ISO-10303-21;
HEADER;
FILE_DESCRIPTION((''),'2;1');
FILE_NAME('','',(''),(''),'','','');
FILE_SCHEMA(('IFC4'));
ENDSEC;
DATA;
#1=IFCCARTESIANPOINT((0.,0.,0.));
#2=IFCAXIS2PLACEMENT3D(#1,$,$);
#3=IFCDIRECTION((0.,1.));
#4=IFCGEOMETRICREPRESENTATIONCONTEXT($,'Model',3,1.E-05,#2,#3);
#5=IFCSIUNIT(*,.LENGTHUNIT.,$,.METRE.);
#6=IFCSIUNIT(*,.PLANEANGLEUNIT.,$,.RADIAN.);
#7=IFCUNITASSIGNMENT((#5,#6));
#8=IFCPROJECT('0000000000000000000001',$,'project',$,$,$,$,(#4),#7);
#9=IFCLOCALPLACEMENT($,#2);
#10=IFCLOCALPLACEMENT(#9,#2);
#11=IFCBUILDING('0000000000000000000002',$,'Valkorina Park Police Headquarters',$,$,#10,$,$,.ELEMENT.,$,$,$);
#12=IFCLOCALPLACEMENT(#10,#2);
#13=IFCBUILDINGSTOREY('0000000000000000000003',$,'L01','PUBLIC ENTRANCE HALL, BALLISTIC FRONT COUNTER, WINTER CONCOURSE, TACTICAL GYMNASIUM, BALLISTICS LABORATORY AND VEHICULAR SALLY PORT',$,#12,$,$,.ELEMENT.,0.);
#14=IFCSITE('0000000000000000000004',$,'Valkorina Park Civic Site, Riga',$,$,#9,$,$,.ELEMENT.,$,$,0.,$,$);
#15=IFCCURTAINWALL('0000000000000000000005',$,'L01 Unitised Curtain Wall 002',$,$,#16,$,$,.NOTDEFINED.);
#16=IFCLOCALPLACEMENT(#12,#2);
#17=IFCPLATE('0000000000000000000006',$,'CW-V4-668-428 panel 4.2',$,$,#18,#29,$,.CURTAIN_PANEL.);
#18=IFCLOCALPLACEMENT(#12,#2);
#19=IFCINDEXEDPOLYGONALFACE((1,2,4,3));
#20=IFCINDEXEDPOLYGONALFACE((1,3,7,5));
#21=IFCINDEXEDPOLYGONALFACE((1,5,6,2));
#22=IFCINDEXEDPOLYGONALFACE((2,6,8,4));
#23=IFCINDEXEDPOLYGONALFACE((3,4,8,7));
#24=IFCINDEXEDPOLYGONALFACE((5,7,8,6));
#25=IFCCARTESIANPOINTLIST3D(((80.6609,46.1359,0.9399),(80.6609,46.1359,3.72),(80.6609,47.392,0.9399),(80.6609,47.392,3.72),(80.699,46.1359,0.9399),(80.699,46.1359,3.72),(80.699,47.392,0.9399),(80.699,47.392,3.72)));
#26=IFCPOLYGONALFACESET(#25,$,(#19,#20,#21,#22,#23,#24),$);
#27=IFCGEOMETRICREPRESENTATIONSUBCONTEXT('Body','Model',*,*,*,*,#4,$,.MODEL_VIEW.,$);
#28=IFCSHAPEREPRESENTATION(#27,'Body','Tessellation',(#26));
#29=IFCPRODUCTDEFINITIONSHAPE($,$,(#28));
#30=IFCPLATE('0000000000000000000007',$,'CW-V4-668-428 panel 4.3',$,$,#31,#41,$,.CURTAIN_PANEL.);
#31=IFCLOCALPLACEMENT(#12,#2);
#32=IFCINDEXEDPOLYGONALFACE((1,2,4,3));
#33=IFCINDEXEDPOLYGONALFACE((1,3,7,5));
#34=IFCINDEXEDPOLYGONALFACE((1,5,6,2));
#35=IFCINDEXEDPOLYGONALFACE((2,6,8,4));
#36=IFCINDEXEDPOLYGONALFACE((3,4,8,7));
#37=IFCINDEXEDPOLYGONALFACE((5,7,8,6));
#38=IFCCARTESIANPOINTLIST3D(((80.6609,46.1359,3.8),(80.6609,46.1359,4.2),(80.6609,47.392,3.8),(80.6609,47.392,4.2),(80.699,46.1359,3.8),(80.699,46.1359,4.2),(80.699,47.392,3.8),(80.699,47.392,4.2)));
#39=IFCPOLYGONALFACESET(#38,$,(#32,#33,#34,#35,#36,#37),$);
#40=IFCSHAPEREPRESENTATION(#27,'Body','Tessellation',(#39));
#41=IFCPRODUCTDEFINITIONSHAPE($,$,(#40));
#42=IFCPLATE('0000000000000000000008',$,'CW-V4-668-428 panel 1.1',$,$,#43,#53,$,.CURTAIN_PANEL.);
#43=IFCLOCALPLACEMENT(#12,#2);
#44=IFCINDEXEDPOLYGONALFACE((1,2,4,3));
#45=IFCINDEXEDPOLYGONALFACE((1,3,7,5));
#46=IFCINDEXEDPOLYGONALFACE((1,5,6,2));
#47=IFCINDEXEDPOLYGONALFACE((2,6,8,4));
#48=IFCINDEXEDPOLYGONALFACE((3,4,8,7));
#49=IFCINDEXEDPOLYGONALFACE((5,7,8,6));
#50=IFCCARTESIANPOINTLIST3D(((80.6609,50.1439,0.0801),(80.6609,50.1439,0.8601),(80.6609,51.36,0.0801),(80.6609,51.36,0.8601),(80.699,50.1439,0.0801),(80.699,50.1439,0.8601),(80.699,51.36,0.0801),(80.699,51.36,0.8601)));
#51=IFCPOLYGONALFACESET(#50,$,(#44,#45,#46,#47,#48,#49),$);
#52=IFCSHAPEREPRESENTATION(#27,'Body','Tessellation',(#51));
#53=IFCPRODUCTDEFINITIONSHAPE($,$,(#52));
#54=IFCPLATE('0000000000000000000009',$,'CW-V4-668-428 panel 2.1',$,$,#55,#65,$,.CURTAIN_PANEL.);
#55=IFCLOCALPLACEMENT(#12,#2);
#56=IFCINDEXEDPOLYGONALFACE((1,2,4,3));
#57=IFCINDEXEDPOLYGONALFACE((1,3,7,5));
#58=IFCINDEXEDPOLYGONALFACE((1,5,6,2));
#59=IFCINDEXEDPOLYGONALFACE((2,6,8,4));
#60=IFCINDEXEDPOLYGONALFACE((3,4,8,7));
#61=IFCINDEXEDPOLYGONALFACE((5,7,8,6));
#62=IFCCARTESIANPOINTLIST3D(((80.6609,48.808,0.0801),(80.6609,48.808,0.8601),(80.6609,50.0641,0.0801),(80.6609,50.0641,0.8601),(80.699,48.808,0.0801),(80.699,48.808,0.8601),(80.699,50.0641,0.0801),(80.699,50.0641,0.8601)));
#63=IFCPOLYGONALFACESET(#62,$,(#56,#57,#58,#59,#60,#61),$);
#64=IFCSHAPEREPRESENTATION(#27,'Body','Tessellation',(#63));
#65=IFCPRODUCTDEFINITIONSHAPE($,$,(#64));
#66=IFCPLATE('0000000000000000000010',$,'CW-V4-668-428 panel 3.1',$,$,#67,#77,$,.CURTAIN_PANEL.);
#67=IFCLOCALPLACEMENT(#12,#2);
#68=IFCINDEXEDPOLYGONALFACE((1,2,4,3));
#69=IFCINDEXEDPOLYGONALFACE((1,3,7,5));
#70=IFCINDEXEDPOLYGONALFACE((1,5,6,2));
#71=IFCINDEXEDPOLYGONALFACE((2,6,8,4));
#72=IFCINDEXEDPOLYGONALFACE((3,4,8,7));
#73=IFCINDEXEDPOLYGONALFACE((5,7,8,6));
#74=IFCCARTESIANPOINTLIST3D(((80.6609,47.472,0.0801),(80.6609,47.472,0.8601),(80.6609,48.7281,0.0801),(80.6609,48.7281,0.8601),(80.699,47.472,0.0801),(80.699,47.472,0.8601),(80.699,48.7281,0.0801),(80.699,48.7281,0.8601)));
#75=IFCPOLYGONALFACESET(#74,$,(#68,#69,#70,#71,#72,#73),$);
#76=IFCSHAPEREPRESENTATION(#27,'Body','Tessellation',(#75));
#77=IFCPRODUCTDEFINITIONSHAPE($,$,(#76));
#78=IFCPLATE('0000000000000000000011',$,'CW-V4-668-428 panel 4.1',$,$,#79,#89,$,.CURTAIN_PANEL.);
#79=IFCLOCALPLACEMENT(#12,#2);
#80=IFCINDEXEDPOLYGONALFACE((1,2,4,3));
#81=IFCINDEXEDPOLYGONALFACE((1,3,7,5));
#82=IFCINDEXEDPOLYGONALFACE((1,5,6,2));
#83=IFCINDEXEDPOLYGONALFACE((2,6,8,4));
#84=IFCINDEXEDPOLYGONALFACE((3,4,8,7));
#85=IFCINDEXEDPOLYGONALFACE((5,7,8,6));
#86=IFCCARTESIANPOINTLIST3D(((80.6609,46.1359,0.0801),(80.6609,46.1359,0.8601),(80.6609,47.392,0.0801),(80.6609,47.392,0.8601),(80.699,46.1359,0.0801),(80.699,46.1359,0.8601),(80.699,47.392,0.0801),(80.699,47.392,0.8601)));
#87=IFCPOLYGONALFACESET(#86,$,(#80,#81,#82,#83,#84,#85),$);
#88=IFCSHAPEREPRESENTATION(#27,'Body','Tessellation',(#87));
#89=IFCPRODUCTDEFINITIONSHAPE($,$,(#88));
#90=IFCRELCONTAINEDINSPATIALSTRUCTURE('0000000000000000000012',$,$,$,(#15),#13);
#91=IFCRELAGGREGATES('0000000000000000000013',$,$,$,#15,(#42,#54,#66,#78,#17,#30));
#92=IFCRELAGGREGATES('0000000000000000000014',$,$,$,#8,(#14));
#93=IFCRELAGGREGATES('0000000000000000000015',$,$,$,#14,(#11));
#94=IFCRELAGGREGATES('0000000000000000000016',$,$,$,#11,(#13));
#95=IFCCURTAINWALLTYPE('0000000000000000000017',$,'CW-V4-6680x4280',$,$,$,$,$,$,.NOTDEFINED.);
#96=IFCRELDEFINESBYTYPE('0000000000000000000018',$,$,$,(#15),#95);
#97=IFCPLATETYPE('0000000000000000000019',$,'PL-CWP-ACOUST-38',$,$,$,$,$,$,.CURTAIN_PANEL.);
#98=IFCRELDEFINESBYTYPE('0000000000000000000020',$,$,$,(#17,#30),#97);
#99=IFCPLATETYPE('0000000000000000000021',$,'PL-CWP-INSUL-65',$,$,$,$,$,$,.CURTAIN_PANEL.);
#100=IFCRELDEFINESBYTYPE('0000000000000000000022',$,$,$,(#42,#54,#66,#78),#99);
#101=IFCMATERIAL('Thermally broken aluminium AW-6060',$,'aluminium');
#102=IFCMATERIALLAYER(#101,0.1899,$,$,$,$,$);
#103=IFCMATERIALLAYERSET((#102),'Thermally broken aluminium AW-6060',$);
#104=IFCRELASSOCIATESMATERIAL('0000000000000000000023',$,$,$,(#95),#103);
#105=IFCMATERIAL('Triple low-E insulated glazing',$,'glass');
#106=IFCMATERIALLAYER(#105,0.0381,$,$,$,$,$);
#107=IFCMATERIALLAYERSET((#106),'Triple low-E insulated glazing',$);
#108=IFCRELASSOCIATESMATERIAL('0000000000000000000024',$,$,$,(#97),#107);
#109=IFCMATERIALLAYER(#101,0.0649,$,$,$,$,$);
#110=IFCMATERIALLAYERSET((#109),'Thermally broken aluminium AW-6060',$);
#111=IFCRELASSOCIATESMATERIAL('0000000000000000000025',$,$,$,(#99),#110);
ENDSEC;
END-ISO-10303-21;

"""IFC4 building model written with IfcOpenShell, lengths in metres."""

from ifc_helpers import new_model, si_unit, direction, frame, origin, origin_2d, place, context, subcontext, project, spatial, rectangle, extrude, material, layer, layer_set, type_object, element, aggregate, save


model = new_model("IFC4")

# Units and contexts
model_context = context("Model", 3, precision=1e-05, world=origin(), true_north=direction((0.0, 1.0)))
body_context = subcontext(model_context, "Body", "Model", "MODEL_VIEW")
ifc_project = project(units=[si_unit("LENGTHUNIT", "METRE"), si_unit("PLANEANGLEUNIT", "RADIAN")], contexts=[model_context])

# Site, building, storey
site_placement = place(None, origin())
site = spatial("IfcSite", under=ifc_project, at=site_placement, Name="Valkorina Park Civic Site, Riga", CompositionType="ELEMENT", RefElevation=0.0)
building_placement = place(site_placement, origin())
building = spatial("IfcBuilding", under=site, at=building_placement, Name="Valkorina Park Police Headquarters", CompositionType="ELEMENT")
storey_placement = place(building_placement, origin())
storey = spatial("IfcBuildingStorey", under=building, at=storey_placement, Name="L01", Description="PUBLIC ENTRANCE HALL, BALLISTIC FRONT COUNTER, WINTER CONCOURSE, TACTICAL GYMNASIUM, BALLISTICS LABORATORY AND VEHICULAR SALLY PORT", CompositionType="ELEMENT", Elevation=0.0)

# Shared definitions
ifc_material_1 = material(Name="Thermally broken aluminium AW-6060", Category="aluminium")
ifc_layer_1 = layer(ifc_material_1, 0.1899)
ifc_layer_set_1 = layer_set([ifc_layer_1], Name="Thermally broken aluminium AW-6060")
curtain_wall_type = type_object("IfcCurtainWallType", Name="CW-V4-6680x4280", PredefinedType="NOTDEFINED", material=ifc_layer_set_1)

# Curtain wall, plates
curtain_wall_1_placement = place(storey_placement, origin())
curtain_wall_1 = element("IfcCurtainWall", 1, at=curtain_wall_1_placement, inside=storey, type_object=curtain_wall_type, Name="L01 Unitised Curtain Wall 002", PredefinedType="NOTDEFINED")
ifc_material_2 = material(Name="Triple low-E insulated glazing", Category="glass")
ifc_layer_2 = layer(ifc_material_2, 0.0381)
ifc_layer_set_2 = layer_set([ifc_layer_2], Name="Triple low-E insulated glazing")
plate_type_1 = type_object("IfcPlateType", Name="PL-CWP-ACOUST-38", PredefinedType="CURTAIN_PANEL", material=ifc_layer_set_2)
plate_1_placement = place(storey_placement, frame((80.6799, 46.7639, 0.9399), z_axis=(0.0, 0.0, 1.0), x_axis=(0.0, -1.0, 0.0)))
plate_1 = element("IfcPlate", 2, at=plate_1_placement, type_object=plate_type_1, Name="CW-V4-668-428 panel 4.2", PredefinedType="CURTAIN_PANEL", context=body_context, shape_type="SweptSolid", body=[
    extrude(rectangle(XDim=1.2561, YDim=0.0381, at=origin_2d()), origin(), (0.0, 0.0, 1.0), 2.78),
])
plate_2_placement = place(storey_placement, frame((80.6799, 46.7639, 3.8), z_axis=(0.0, 0.0, 1.0), x_axis=(0.0, -1.0, 0.0)))
plate_2 = element("IfcPlate", 3, at=plate_2_placement, type_object=plate_type_1, Name="CW-V4-668-428 panel 4.3", PredefinedType="CURTAIN_PANEL", context=body_context, shape_type="SweptSolid", body=[
    extrude(rectangle(XDim=1.2561, YDim=0.0381, at=origin_2d()), origin(), (0.0, 0.0, 1.0), 0.3999),
])
ifc_layer_3 = layer(ifc_material_1, 0.0649)
ifc_layer_set_3 = layer_set([ifc_layer_3], Name="Thermally broken aluminium AW-6060")
plate_type_2 = type_object("IfcPlateType", Name="PL-CWP-INSUL-65", PredefinedType="CURTAIN_PANEL", material=ifc_layer_set_3)
plate_3_placement = place(storey_placement, frame((80.6799, 50.752, 0.0801), z_axis=(0.0, 0.0, 1.0), x_axis=(0.0, -1.0, 0.0)))
plate_3 = element("IfcPlate", 4, at=plate_3_placement, type_object=plate_type_2, Name="CW-V4-668-428 panel 1.1", PredefinedType="CURTAIN_PANEL", context=body_context, shape_type="SweptSolid", body=[
    extrude(rectangle(XDim=1.2161, YDim=0.0381, at=origin_2d()), origin(), (0.0, 0.0, 1.0), 0.78),
])
plate_4_placement = place(storey_placement, frame((80.6799, 49.436, 0.0801), z_axis=(0.0, 0.0, 1.0), x_axis=(0.0, -1.0, 0.0)))
plate_4 = element("IfcPlate", 5, at=plate_4_placement, type_object=plate_type_2, Name="CW-V4-668-428 panel 2.1", PredefinedType="CURTAIN_PANEL", context=body_context, shape_type="SweptSolid", body=[
    extrude(rectangle(XDim=1.2561, YDim=0.0381, at=origin_2d()), origin(), (0.0, 0.0, 1.0), 0.78),
])
plate_5_placement = place(storey_placement, frame((80.6799, 48.1001, 0.0801), z_axis=(0.0, 0.0, 1.0), x_axis=(0.0, -1.0, 0.0)))
plate_5 = element("IfcPlate", 6, at=plate_5_placement, type_object=plate_type_2, Name="CW-V4-668-428 panel 3.1", PredefinedType="CURTAIN_PANEL", context=body_context, shape_type="SweptSolid", body=[
    extrude(rectangle(XDim=1.2561, YDim=0.0381, at=origin_2d()), origin(), (0.0, 0.0, 1.0), 0.78),
])
plate_6_placement = place(storey_placement, frame((80.6799, 46.7639, 0.0801), z_axis=(0.0, 0.0, 1.0), x_axis=(0.0, -1.0, 0.0)))
plate_6 = element("IfcPlate", 7, at=plate_6_placement, type_object=plate_type_2, Name="CW-V4-668-428 panel 4.1", PredefinedType="CURTAIN_PANEL", context=body_context, shape_type="SweptSolid", body=[
    extrude(rectangle(XDim=1.2561, YDim=0.0381, at=origin_2d()), origin(), (0.0, 0.0, 1.0), 0.78),
])
aggregate(curtain_wall_1, [plate_3, plate_4, plate_5, plate_6, plate_1, plate_2])

save(model, "model.ifc")
